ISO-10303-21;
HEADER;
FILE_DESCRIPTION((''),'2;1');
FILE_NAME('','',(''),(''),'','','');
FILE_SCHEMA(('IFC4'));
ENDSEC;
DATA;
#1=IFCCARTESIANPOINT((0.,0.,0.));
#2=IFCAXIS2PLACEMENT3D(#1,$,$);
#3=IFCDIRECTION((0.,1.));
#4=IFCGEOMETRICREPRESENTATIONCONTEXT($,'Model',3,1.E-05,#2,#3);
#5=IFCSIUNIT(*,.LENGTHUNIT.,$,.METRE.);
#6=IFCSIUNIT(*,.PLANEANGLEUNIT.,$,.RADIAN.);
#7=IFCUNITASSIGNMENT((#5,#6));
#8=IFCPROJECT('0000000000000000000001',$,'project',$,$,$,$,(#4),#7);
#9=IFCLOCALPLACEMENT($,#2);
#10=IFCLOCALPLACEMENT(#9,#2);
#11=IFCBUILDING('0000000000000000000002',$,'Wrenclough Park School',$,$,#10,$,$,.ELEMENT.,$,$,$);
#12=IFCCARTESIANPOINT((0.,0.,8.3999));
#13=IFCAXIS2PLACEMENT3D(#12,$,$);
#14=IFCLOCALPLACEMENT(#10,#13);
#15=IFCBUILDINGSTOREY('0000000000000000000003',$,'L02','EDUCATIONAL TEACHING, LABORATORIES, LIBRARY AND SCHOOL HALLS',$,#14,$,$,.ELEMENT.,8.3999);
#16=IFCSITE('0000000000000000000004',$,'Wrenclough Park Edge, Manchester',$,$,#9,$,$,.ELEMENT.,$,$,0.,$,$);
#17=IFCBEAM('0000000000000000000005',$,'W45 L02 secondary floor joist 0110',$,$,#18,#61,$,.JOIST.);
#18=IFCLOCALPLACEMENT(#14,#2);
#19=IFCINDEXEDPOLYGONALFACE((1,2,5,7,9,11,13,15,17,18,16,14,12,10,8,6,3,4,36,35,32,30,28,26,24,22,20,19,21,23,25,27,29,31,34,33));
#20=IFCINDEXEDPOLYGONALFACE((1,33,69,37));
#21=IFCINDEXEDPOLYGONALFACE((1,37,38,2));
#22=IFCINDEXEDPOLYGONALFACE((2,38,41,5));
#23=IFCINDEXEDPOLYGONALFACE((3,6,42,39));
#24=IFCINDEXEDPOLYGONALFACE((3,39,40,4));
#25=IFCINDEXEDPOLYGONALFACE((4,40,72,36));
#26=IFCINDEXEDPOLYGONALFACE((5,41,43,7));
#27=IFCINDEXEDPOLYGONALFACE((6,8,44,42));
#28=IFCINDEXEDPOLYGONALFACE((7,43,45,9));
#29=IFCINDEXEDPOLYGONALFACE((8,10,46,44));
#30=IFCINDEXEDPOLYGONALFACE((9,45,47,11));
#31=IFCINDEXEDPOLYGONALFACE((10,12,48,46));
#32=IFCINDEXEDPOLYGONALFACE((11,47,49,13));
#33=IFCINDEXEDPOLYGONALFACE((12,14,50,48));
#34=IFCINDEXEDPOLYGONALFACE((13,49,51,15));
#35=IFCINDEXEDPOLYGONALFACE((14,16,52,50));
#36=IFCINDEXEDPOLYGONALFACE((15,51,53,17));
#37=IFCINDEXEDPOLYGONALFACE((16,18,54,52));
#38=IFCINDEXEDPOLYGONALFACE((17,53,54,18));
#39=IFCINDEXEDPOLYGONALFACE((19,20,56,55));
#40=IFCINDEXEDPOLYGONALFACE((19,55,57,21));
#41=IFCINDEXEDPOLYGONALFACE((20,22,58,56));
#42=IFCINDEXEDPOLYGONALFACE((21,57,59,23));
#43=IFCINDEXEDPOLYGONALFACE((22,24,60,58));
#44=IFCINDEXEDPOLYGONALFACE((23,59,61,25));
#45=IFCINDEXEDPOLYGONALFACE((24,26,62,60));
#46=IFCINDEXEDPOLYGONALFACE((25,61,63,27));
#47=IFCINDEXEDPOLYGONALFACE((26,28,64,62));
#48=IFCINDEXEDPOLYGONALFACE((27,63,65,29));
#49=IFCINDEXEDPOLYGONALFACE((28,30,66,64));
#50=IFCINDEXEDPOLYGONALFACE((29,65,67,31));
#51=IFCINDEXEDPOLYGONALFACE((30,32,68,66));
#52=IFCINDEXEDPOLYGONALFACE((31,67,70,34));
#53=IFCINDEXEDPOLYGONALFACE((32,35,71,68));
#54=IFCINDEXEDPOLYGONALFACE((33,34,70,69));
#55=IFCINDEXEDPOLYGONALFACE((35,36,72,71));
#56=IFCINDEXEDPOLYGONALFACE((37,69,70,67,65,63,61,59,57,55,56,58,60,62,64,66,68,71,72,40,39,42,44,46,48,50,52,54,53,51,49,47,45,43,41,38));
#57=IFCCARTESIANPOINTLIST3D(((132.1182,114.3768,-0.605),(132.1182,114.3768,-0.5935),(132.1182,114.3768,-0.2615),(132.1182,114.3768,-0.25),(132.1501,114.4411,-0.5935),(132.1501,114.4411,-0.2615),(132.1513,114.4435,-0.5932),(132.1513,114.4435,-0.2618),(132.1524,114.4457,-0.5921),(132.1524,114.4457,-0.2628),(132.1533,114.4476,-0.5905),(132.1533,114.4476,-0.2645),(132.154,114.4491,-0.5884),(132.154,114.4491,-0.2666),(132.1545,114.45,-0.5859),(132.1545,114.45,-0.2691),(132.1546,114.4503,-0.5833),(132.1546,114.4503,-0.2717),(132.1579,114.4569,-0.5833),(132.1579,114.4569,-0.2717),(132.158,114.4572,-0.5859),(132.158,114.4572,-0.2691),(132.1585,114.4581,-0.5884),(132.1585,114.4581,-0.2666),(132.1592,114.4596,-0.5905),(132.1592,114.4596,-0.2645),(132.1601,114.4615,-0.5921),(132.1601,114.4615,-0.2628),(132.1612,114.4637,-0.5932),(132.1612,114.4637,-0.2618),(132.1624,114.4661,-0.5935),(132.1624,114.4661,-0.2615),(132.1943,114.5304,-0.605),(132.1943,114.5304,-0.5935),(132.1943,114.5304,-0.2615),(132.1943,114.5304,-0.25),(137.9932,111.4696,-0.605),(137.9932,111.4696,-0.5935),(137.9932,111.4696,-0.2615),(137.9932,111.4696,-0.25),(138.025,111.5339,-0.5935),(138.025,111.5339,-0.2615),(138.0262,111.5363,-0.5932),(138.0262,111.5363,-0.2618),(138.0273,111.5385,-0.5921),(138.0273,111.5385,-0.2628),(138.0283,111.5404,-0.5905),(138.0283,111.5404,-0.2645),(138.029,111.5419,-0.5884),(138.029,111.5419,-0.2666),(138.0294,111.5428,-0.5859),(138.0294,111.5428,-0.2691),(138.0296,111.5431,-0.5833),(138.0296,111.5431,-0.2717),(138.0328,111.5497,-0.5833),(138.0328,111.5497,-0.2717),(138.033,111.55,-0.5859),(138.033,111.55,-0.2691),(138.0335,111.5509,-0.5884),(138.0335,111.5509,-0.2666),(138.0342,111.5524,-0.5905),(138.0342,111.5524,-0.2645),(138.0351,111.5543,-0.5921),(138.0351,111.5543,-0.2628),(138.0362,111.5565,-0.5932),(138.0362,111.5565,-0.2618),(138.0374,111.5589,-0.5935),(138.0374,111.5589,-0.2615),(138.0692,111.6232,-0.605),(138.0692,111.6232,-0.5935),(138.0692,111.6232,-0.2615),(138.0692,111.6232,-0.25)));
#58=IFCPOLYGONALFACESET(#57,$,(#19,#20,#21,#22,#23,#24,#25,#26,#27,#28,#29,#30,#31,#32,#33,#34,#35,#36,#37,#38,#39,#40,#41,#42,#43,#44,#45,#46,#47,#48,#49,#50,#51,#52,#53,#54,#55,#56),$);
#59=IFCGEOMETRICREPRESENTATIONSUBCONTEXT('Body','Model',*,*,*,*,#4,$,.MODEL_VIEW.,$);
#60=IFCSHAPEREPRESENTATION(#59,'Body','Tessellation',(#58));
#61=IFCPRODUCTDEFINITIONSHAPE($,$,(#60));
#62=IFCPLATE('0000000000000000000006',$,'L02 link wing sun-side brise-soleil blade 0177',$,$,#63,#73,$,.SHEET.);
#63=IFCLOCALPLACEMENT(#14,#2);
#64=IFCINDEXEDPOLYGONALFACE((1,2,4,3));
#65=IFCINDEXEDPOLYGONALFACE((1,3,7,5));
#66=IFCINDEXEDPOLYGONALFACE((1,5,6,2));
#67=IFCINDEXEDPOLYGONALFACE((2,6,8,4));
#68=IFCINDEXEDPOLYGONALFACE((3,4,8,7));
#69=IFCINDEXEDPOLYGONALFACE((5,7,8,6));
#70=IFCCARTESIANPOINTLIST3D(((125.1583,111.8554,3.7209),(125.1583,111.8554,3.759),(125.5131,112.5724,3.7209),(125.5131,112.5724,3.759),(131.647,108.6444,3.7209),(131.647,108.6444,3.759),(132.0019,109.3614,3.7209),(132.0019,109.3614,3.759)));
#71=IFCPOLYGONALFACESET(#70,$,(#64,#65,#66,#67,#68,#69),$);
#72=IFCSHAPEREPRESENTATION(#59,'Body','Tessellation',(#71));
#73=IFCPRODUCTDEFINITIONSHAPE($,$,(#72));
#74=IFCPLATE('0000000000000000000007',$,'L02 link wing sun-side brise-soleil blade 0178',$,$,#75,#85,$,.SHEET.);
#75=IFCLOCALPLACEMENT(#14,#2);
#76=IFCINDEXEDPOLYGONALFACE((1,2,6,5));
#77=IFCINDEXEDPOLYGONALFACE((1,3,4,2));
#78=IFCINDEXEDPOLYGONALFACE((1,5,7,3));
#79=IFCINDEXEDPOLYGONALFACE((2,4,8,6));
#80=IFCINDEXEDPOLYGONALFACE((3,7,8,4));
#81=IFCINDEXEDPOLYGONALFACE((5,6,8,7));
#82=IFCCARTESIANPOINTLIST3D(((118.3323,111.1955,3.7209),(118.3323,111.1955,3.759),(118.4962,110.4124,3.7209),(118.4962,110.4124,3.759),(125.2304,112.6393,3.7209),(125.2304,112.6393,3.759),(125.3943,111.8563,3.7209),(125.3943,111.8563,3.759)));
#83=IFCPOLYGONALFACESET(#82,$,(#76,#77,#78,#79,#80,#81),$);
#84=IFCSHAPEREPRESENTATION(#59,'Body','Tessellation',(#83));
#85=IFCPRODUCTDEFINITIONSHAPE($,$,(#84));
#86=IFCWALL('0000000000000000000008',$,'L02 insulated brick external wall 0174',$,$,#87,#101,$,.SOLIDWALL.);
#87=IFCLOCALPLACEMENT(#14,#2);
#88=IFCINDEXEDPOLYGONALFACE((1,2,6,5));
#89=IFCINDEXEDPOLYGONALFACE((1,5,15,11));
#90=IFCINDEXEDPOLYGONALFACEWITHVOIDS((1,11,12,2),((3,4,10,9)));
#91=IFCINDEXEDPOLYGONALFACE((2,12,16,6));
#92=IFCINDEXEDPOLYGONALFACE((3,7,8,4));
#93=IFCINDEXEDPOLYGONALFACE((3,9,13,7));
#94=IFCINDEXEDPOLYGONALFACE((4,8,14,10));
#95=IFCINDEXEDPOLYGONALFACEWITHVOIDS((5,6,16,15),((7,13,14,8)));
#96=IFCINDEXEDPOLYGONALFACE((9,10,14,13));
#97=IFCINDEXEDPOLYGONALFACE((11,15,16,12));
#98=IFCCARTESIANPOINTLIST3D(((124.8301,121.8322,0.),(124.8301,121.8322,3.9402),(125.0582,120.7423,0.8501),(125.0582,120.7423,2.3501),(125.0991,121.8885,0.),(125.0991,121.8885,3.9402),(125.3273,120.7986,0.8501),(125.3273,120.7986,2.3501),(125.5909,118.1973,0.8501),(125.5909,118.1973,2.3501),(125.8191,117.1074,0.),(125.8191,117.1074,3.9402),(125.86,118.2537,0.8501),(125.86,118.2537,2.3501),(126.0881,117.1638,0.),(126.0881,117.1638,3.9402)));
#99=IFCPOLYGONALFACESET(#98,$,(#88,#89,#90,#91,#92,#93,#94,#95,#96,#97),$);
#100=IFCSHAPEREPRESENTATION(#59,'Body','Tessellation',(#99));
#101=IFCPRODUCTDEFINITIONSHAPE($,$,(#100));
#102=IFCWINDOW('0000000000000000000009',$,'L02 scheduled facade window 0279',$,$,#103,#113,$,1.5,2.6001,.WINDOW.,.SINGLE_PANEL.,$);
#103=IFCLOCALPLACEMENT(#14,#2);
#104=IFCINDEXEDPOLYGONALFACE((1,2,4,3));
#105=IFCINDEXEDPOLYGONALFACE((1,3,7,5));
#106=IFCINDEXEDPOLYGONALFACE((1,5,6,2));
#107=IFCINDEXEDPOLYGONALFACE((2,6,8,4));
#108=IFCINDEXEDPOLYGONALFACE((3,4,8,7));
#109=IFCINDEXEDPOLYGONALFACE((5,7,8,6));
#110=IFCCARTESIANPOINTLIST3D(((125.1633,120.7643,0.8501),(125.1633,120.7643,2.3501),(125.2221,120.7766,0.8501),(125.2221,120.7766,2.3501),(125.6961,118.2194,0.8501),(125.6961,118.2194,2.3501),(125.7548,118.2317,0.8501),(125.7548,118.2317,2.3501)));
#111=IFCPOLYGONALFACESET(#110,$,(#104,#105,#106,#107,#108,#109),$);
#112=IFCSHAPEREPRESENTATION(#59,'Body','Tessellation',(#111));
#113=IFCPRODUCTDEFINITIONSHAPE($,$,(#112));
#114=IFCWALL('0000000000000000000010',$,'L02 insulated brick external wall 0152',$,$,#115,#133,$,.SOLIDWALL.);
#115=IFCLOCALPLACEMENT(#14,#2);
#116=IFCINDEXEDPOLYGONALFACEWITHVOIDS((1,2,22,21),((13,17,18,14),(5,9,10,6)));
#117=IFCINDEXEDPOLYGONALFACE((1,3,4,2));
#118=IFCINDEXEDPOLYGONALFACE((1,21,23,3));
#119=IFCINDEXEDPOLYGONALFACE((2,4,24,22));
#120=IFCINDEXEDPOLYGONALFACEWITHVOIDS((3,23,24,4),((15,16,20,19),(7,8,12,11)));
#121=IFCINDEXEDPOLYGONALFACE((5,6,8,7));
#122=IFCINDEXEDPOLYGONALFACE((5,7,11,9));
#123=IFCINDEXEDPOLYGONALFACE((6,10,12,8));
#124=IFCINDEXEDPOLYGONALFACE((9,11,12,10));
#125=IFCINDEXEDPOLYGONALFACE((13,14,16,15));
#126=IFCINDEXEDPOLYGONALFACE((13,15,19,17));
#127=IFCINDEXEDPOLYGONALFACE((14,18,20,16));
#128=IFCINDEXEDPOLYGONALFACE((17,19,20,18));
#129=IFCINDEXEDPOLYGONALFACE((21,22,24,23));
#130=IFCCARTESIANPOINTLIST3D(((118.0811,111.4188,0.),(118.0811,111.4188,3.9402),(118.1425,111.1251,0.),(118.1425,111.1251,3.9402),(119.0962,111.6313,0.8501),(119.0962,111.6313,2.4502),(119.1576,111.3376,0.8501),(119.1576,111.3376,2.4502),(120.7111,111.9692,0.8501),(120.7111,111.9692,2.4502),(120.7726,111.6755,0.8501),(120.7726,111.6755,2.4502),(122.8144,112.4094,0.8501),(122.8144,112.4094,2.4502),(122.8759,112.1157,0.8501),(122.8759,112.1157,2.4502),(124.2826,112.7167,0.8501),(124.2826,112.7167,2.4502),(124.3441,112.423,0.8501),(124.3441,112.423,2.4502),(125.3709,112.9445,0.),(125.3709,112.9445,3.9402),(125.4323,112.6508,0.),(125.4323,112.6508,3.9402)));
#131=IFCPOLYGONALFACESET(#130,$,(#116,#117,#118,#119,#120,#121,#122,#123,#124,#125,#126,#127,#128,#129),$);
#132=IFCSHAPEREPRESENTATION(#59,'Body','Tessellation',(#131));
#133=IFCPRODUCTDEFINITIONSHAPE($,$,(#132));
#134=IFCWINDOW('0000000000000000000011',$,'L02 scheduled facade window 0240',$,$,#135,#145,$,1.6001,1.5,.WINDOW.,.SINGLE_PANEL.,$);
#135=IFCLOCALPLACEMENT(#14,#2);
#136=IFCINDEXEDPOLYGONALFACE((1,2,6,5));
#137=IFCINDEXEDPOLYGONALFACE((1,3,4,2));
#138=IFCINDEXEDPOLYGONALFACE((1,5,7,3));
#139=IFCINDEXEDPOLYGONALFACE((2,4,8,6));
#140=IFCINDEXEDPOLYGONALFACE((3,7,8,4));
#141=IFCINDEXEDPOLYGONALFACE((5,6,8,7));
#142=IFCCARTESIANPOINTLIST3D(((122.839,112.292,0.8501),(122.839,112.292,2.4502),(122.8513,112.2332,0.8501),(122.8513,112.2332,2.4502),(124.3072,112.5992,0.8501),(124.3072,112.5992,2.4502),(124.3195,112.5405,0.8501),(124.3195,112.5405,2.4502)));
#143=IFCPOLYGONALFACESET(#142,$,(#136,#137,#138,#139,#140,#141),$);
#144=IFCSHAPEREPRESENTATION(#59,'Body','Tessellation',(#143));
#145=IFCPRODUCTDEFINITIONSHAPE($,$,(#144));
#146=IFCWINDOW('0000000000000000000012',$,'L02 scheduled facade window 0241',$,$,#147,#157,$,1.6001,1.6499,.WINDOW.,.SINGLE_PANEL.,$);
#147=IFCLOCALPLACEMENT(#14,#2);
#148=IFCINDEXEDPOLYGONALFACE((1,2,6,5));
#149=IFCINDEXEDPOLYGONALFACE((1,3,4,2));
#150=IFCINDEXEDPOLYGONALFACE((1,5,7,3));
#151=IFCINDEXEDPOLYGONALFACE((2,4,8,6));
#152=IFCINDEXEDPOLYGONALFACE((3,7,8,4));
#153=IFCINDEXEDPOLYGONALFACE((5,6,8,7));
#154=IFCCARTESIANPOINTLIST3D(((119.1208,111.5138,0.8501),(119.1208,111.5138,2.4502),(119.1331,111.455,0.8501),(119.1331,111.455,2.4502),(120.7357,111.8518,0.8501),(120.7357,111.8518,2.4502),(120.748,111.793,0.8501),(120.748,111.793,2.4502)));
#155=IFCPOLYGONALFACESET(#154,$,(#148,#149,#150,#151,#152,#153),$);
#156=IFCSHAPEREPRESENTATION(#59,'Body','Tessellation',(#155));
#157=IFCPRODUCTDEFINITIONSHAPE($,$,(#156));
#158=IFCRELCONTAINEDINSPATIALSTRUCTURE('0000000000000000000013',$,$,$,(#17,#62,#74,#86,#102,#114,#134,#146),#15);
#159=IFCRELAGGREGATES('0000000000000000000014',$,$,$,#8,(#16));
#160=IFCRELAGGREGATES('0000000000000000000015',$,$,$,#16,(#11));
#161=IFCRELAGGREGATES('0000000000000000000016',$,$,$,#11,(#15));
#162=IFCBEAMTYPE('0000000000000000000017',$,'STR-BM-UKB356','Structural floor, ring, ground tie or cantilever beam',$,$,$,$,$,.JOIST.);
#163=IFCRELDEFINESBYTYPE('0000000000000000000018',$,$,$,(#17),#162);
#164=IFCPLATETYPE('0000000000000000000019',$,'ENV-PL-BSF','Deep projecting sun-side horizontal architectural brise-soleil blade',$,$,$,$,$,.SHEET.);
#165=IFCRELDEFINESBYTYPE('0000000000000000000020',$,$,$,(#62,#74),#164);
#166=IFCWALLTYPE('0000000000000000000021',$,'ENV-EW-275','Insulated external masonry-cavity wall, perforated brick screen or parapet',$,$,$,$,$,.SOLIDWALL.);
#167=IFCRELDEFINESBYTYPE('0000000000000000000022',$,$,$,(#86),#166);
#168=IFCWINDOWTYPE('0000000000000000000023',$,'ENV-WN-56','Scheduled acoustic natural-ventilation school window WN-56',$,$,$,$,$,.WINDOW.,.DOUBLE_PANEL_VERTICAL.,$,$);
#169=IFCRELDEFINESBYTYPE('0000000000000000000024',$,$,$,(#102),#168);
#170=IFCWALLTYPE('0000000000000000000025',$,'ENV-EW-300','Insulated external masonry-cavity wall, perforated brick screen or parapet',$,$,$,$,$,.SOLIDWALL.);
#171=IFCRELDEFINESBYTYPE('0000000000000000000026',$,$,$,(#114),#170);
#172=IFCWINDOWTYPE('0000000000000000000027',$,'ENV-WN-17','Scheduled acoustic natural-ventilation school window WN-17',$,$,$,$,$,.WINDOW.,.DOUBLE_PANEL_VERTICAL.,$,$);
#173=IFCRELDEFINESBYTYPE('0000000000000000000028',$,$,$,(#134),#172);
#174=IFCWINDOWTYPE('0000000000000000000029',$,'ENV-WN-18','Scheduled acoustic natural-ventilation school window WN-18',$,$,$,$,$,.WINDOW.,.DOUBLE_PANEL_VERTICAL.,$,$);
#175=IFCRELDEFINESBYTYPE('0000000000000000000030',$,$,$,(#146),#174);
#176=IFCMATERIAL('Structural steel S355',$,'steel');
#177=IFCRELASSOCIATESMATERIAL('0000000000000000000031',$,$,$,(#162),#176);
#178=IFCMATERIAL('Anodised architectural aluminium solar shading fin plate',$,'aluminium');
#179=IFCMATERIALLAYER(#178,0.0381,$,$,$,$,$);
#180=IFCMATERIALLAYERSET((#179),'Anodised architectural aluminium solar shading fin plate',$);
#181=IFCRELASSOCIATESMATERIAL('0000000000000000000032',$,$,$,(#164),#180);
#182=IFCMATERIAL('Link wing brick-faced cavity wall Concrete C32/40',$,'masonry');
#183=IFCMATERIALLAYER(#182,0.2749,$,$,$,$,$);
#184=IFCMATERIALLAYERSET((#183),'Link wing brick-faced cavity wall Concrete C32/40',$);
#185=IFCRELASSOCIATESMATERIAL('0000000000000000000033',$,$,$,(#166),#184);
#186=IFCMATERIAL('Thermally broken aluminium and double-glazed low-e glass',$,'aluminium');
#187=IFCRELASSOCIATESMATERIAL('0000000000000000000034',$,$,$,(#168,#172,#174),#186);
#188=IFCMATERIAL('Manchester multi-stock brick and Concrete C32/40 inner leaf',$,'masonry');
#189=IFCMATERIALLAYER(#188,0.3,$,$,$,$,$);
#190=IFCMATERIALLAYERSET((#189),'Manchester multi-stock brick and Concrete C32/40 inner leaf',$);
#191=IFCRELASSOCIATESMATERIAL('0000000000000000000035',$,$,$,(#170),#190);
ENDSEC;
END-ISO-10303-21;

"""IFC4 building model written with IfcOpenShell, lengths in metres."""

from ifc_helpers import new_model, si_unit, direction, frame, frame_2d, origin, origin_2d, place, context, subcontext, project, spatial, rectangle, i_section, extrude, material, layer, layer_set, material_profile, profile_set, type_object, element, fill, save


model = new_model("IFC4")

# Units and contexts
model_context = context("Model", 3, precision=1e-05, world=origin(), true_north=direction((0.0, 1.0)))
body_context = subcontext(model_context, "Body", "Model", "MODEL_VIEW")
ifc_project = project(units=[si_unit("LENGTHUNIT", "METRE"), si_unit("PLANEANGLEUNIT", "RADIAN")], contexts=[model_context])

# Site, building, storey
site_placement = place(None, origin())
site = spatial("IfcSite", under=ifc_project, at=site_placement, Name="Wrenclough Park Edge, Manchester", CompositionType="ELEMENT", RefElevation=0.0)
building_placement = place(site_placement, origin())
building = spatial("IfcBuilding", under=site, at=building_placement, Name="Wrenclough Park School", CompositionType="ELEMENT")
storey_placement = place(building_placement, frame((0.0, 0.0, 8.3999)))
storey = spatial("IfcBuildingStorey", under=building, at=storey_placement, Name="L02", Description="EDUCATIONAL TEACHING, LABORATORIES, LIBRARY AND SCHOOL HALLS", CompositionType="ELEMENT", Elevation=8.3999)

# Shared definitions
ifc_material_1 = material(Name="Structural steel S355", Category="steel")

# Beam
ifc_material_profile_1 = material_profile(ifc_material_1, i_section(OverallWidth=0.1714, OverallDepth=0.355, WebThickness=0.0073, FlangeThickness=0.0115, FilletRadius=0.0103, at=origin_2d()), Name="UKB 356x171x51")
ifc_profile_set_1 = profile_set([ifc_material_profile_1], Name="Structural steel S355")
beam_type_1 = type_object("IfcBeamType", Name="STR-BM-UKB356", Description="Structural floor, ring, ground tie or cantilever beam", PredefinedType="JOIST", material=ifc_profile_set_1)
beam_1_placement = place(storey_placement, frame((132.1562, 114.4536, -0.4275), z_axis=(0.896267, -0.443515, 0.0), x_axis=(0.443515, 0.896267, 0.0)))
element("IfcBeam", 1, at=beam_1_placement, inside=storey, type_object=beam_type_1, Name="W45 L02 secondary floor joist 0110", PredefinedType="JOIST", context=body_context, shape_type="SweptSolid", body=[
    extrude(i_section(OverallWidth=0.1714, OverallDepth=0.355, WebThickness=0.0073, FlangeThickness=0.0115, FilletRadius=0.0103, at=origin_2d()), origin(), (0.0, 0.0, 1.0), 6.5549),
])

# Plates
ifc_material_2 = material(Name="Anodised architectural aluminium solar shading fin plate", Category="aluminium")
ifc_layer_1 = layer(ifc_material_2, 0.0381)
ifc_layer_set_1 = layer_set([ifc_layer_1], Name="Anodised architectural aluminium solar shading fin plate")
plate_type = type_object("IfcPlateType", Name="ENV-PL-BSF", Description="Deep projecting sun-side horizontal architectural brise-soleil blade", PredefinedType="SHEET", material=ifc_layer_set_1)
plate_1_placement = place(storey_placement, frame((128.5801, 110.6084, 3.7209), z_axis=(0.0, 0.0, 1.0), x_axis=(-0.896265, 0.443519, 0.0)))
element("IfcPlate", 2, at=plate_1_placement, inside=storey, type_object=plate_type, Name="L02 link wing sun-side brise-soleil blade 0177", PredefinedType="SHEET", context=body_context, shape_type="SweptSolid", body=[
    extrude(rectangle(XDim=7.2397, YDim=0.8, at=origin_2d()), origin(), (0.0, 0.0, 1.0), 0.0381),
])
plate_2_placement = place(storey_placement, frame((121.8633, 111.5259, 3.7209), z_axis=(0.0, 0.0, 1.0), x_axis=(-0.978789, -0.204869, 0.0)))
element("IfcPlate", 3, at=plate_2_placement, inside=storey, type_object=plate_type, Name="L02 link wing sun-side brise-soleil blade 0178", PredefinedType="SHEET", context=body_context, shape_type="SweptSolid", body=[
    extrude(rectangle(XDim=7.0476, YDim=0.8, at=origin_2d()), origin(), (0.0, 0.0, 1.0), 0.0381),
])

# Wall, opening, window
ifc_material_3 = material(Name="Link wing brick-faced cavity wall Concrete C32/40", Category="masonry")
ifc_layer_2 = layer(ifc_material_3, 0.2749)
ifc_layer_set_2 = layer_set([ifc_layer_2], Name="Link wing brick-faced cavity wall Concrete C32/40")
wall_type_1 = type_object("IfcWallType", Name="ENV-EW-275", Description="Insulated external masonry-cavity wall, perforated brick screen or parapet", PredefinedType="SOLIDWALL", material=ifc_layer_set_2)
wall_1_placement = place(storey_placement, frame((124.9646, 121.8604, 0.0), z_axis=(0.0, 0.0, 1.0), x_axis=(0.204881, -0.978787, 0.0)))
wall_1 = element("IfcWall", 4, at=wall_1_placement, inside=storey, type_object=wall_type_1, Name="L02 insulated brick external wall 0174", PredefinedType="SOLIDWALL", context=body_context, shape_type="SweptSolid", body=[
    extrude(rectangle(XDim=4.8271, YDim=0.2749, at=frame_2d((2.4136, 0.0))), origin(), (0.0, 0.0, 1.0), 3.9402),
])
opening_1_placement = place(wall_1_placement, frame((1.1135, 0.0, 0.8501)))
opening_1 = element("IfcOpeningElement", 5, at=opening_1_placement, cuts=wall_1, PredefinedType="OPENING", context=body_context, shape_type="SweptSolid", body=[
    extrude(rectangle(XDim=2.6001, YDim=1.5, at=frame_2d((1.3, 0.75))), frame((0.0, 0.1475, 0.0), z_axis=(0.0, -1.0, 0.0), x_axis=(1.0, 0.0, 0.0)), (0.0, 0.0, 1.0), 0.2949),
])
ifc_material_4 = material(Name="Thermally broken aluminium and double-glazed low-e glass", Category="aluminium")
window_type_1 = type_object("IfcWindowType", Name="ENV-WN-56", Description="Scheduled acoustic natural-ventilation school window WN-56", PartitioningType="DOUBLE_PANEL_VERTICAL", PredefinedType="WINDOW", material=ifc_material_4)
window_1_placement = place(opening_1_placement, origin())
window_1 = element("IfcWindow", 6, at=window_1_placement, inside=storey, type_object=window_type_1, Name="L02 scheduled facade window 0279", OverallHeight=1.5, OverallWidth=2.6001, PartitioningType="SINGLE_PANEL", PredefinedType="WINDOW", context=body_context, shape_type="SweptSolid", body=[
    extrude(rectangle(XDim=2.6001, YDim=1.5, at=frame_2d((1.3, 0.75))), frame((0.0, 0.03, 0.0), z_axis=(0.0, -1.0, 0.0), x_axis=(1.0, 0.0, 0.0)), (0.0, 0.0, 1.0), 0.0601),
])
fill(opening_1, window_1)

# Wall, openings, windows
ifc_material_5 = material(Name="Manchester multi-stock brick and Concrete C32/40 inner leaf", Category="masonry")
ifc_layer_3 = layer(ifc_material_5, 0.3)
ifc_layer_set_3 = layer_set([ifc_layer_3], Name="Manchester multi-stock brick and Concrete C32/40 inner leaf")
wall_type_2 = type_object("IfcWallType", Name="ENV-EW-300", Description="Insulated external masonry-cavity wall, perforated brick screen or parapet", PredefinedType="SOLIDWALL", material=ifc_layer_set_3)
wall_2_placement = place(storey_placement, frame((125.4016, 112.7976, 0.0), z_axis=(0.0, 0.0, 1.0), x_axis=(-0.978794, -0.204846, 0.0)))
wall_2 = element("IfcWall", 7, at=wall_2_placement, inside=storey, type_object=wall_type_2, Name="L02 insulated brick external wall 0152", PredefinedType="SOLIDWALL", context=body_context, shape_type="SweptSolid", body=[
    extrude(rectangle(XDim=7.4478, YDim=0.3, at=frame_2d((3.7239, 0.0))), origin(), (0.0, 0.0, 1.0), 3.9402),
])
opening_2_placement = place(wall_2_placement, frame((1.1118, 0.0, 0.8501)))
opening_2 = element("IfcOpeningElement", 8, at=opening_2_placement, cuts=wall_2, PredefinedType="OPENING", context=body_context, shape_type="SweptSolid", body=[
    extrude(rectangle(XDim=1.5, YDim=1.6001, at=frame_2d((0.75, 0.8))), frame((0.0, 0.1599, 0.0), z_axis=(0.0, -1.0, 0.0), x_axis=(1.0, 0.0, 0.0)), (0.0, 0.0, 1.0), 0.3201),
])
opening_3_placement = place(wall_2_placement, frame((4.7607, 0.0, 0.8501)))
opening_3 = element("IfcOpeningElement", 9, at=opening_3_placement, cuts=wall_2, PredefinedType="OPENING", context=body_context, shape_type="SweptSolid", body=[
    extrude(rectangle(XDim=1.6499, YDim=1.6001, at=frame_2d((0.825, 0.8))), frame((0.0, 0.1599, 0.0), z_axis=(0.0, -1.0, 0.0), x_axis=(1.0, 0.0, 0.0)), (0.0, 0.0, 1.0), 0.3201),
])
window_type_2 = type_object("IfcWindowType", Name="ENV-WN-17", Description="Scheduled acoustic natural-ventilation school window WN-17", PartitioningType="DOUBLE_PANEL_VERTICAL", PredefinedType="WINDOW", material=ifc_material_4)
window_2_placement = place(opening_2_placement, origin())
window_2 = element("IfcWindow", 10, at=window_2_placement, inside=storey, type_object=window_type_2, Name="L02 scheduled facade window 0240", OverallHeight=1.6001, OverallWidth=1.5, PartitioningType="SINGLE_PANEL", PredefinedType="WINDOW", context=body_context, shape_type="SweptSolid", body=[
    extrude(rectangle(XDim=1.5, YDim=1.6001, at=frame_2d((0.75, 0.8))), frame((0.0, 0.03, 0.0), z_axis=(0.0, -1.0, 0.0), x_axis=(1.0, 0.0, 0.0)), (0.0, 0.0, 1.0), 0.0601),
])
fill(opening_2, window_2)
window_type_3 = type_object("IfcWindowType", Name="ENV-WN-18", Description="Scheduled acoustic natural-ventilation school window WN-18", PartitioningType="DOUBLE_PANEL_VERTICAL", PredefinedType="WINDOW", material=ifc_material_4)
window_3_placement = place(opening_3_placement, origin())
window_3 = element("IfcWindow", 11, at=window_3_placement, inside=storey, type_object=window_type_3, Name="L02 scheduled facade window 0241", OverallHeight=1.6001, OverallWidth=1.6499, PartitioningType="SINGLE_PANEL", PredefinedType="WINDOW", context=body_context, shape_type="SweptSolid", body=[
    extrude(rectangle(XDim=1.6499, YDim=1.6001, at=frame_2d((0.825, 0.8))), frame((0.0, 0.03, 0.0), z_axis=(0.0, -1.0, 0.0), x_axis=(1.0, 0.0, 0.0)), (0.0, 0.0, 1.0), 0.0601),
])
fill(opening_3, window_3)

save(model, "model.ifc")
